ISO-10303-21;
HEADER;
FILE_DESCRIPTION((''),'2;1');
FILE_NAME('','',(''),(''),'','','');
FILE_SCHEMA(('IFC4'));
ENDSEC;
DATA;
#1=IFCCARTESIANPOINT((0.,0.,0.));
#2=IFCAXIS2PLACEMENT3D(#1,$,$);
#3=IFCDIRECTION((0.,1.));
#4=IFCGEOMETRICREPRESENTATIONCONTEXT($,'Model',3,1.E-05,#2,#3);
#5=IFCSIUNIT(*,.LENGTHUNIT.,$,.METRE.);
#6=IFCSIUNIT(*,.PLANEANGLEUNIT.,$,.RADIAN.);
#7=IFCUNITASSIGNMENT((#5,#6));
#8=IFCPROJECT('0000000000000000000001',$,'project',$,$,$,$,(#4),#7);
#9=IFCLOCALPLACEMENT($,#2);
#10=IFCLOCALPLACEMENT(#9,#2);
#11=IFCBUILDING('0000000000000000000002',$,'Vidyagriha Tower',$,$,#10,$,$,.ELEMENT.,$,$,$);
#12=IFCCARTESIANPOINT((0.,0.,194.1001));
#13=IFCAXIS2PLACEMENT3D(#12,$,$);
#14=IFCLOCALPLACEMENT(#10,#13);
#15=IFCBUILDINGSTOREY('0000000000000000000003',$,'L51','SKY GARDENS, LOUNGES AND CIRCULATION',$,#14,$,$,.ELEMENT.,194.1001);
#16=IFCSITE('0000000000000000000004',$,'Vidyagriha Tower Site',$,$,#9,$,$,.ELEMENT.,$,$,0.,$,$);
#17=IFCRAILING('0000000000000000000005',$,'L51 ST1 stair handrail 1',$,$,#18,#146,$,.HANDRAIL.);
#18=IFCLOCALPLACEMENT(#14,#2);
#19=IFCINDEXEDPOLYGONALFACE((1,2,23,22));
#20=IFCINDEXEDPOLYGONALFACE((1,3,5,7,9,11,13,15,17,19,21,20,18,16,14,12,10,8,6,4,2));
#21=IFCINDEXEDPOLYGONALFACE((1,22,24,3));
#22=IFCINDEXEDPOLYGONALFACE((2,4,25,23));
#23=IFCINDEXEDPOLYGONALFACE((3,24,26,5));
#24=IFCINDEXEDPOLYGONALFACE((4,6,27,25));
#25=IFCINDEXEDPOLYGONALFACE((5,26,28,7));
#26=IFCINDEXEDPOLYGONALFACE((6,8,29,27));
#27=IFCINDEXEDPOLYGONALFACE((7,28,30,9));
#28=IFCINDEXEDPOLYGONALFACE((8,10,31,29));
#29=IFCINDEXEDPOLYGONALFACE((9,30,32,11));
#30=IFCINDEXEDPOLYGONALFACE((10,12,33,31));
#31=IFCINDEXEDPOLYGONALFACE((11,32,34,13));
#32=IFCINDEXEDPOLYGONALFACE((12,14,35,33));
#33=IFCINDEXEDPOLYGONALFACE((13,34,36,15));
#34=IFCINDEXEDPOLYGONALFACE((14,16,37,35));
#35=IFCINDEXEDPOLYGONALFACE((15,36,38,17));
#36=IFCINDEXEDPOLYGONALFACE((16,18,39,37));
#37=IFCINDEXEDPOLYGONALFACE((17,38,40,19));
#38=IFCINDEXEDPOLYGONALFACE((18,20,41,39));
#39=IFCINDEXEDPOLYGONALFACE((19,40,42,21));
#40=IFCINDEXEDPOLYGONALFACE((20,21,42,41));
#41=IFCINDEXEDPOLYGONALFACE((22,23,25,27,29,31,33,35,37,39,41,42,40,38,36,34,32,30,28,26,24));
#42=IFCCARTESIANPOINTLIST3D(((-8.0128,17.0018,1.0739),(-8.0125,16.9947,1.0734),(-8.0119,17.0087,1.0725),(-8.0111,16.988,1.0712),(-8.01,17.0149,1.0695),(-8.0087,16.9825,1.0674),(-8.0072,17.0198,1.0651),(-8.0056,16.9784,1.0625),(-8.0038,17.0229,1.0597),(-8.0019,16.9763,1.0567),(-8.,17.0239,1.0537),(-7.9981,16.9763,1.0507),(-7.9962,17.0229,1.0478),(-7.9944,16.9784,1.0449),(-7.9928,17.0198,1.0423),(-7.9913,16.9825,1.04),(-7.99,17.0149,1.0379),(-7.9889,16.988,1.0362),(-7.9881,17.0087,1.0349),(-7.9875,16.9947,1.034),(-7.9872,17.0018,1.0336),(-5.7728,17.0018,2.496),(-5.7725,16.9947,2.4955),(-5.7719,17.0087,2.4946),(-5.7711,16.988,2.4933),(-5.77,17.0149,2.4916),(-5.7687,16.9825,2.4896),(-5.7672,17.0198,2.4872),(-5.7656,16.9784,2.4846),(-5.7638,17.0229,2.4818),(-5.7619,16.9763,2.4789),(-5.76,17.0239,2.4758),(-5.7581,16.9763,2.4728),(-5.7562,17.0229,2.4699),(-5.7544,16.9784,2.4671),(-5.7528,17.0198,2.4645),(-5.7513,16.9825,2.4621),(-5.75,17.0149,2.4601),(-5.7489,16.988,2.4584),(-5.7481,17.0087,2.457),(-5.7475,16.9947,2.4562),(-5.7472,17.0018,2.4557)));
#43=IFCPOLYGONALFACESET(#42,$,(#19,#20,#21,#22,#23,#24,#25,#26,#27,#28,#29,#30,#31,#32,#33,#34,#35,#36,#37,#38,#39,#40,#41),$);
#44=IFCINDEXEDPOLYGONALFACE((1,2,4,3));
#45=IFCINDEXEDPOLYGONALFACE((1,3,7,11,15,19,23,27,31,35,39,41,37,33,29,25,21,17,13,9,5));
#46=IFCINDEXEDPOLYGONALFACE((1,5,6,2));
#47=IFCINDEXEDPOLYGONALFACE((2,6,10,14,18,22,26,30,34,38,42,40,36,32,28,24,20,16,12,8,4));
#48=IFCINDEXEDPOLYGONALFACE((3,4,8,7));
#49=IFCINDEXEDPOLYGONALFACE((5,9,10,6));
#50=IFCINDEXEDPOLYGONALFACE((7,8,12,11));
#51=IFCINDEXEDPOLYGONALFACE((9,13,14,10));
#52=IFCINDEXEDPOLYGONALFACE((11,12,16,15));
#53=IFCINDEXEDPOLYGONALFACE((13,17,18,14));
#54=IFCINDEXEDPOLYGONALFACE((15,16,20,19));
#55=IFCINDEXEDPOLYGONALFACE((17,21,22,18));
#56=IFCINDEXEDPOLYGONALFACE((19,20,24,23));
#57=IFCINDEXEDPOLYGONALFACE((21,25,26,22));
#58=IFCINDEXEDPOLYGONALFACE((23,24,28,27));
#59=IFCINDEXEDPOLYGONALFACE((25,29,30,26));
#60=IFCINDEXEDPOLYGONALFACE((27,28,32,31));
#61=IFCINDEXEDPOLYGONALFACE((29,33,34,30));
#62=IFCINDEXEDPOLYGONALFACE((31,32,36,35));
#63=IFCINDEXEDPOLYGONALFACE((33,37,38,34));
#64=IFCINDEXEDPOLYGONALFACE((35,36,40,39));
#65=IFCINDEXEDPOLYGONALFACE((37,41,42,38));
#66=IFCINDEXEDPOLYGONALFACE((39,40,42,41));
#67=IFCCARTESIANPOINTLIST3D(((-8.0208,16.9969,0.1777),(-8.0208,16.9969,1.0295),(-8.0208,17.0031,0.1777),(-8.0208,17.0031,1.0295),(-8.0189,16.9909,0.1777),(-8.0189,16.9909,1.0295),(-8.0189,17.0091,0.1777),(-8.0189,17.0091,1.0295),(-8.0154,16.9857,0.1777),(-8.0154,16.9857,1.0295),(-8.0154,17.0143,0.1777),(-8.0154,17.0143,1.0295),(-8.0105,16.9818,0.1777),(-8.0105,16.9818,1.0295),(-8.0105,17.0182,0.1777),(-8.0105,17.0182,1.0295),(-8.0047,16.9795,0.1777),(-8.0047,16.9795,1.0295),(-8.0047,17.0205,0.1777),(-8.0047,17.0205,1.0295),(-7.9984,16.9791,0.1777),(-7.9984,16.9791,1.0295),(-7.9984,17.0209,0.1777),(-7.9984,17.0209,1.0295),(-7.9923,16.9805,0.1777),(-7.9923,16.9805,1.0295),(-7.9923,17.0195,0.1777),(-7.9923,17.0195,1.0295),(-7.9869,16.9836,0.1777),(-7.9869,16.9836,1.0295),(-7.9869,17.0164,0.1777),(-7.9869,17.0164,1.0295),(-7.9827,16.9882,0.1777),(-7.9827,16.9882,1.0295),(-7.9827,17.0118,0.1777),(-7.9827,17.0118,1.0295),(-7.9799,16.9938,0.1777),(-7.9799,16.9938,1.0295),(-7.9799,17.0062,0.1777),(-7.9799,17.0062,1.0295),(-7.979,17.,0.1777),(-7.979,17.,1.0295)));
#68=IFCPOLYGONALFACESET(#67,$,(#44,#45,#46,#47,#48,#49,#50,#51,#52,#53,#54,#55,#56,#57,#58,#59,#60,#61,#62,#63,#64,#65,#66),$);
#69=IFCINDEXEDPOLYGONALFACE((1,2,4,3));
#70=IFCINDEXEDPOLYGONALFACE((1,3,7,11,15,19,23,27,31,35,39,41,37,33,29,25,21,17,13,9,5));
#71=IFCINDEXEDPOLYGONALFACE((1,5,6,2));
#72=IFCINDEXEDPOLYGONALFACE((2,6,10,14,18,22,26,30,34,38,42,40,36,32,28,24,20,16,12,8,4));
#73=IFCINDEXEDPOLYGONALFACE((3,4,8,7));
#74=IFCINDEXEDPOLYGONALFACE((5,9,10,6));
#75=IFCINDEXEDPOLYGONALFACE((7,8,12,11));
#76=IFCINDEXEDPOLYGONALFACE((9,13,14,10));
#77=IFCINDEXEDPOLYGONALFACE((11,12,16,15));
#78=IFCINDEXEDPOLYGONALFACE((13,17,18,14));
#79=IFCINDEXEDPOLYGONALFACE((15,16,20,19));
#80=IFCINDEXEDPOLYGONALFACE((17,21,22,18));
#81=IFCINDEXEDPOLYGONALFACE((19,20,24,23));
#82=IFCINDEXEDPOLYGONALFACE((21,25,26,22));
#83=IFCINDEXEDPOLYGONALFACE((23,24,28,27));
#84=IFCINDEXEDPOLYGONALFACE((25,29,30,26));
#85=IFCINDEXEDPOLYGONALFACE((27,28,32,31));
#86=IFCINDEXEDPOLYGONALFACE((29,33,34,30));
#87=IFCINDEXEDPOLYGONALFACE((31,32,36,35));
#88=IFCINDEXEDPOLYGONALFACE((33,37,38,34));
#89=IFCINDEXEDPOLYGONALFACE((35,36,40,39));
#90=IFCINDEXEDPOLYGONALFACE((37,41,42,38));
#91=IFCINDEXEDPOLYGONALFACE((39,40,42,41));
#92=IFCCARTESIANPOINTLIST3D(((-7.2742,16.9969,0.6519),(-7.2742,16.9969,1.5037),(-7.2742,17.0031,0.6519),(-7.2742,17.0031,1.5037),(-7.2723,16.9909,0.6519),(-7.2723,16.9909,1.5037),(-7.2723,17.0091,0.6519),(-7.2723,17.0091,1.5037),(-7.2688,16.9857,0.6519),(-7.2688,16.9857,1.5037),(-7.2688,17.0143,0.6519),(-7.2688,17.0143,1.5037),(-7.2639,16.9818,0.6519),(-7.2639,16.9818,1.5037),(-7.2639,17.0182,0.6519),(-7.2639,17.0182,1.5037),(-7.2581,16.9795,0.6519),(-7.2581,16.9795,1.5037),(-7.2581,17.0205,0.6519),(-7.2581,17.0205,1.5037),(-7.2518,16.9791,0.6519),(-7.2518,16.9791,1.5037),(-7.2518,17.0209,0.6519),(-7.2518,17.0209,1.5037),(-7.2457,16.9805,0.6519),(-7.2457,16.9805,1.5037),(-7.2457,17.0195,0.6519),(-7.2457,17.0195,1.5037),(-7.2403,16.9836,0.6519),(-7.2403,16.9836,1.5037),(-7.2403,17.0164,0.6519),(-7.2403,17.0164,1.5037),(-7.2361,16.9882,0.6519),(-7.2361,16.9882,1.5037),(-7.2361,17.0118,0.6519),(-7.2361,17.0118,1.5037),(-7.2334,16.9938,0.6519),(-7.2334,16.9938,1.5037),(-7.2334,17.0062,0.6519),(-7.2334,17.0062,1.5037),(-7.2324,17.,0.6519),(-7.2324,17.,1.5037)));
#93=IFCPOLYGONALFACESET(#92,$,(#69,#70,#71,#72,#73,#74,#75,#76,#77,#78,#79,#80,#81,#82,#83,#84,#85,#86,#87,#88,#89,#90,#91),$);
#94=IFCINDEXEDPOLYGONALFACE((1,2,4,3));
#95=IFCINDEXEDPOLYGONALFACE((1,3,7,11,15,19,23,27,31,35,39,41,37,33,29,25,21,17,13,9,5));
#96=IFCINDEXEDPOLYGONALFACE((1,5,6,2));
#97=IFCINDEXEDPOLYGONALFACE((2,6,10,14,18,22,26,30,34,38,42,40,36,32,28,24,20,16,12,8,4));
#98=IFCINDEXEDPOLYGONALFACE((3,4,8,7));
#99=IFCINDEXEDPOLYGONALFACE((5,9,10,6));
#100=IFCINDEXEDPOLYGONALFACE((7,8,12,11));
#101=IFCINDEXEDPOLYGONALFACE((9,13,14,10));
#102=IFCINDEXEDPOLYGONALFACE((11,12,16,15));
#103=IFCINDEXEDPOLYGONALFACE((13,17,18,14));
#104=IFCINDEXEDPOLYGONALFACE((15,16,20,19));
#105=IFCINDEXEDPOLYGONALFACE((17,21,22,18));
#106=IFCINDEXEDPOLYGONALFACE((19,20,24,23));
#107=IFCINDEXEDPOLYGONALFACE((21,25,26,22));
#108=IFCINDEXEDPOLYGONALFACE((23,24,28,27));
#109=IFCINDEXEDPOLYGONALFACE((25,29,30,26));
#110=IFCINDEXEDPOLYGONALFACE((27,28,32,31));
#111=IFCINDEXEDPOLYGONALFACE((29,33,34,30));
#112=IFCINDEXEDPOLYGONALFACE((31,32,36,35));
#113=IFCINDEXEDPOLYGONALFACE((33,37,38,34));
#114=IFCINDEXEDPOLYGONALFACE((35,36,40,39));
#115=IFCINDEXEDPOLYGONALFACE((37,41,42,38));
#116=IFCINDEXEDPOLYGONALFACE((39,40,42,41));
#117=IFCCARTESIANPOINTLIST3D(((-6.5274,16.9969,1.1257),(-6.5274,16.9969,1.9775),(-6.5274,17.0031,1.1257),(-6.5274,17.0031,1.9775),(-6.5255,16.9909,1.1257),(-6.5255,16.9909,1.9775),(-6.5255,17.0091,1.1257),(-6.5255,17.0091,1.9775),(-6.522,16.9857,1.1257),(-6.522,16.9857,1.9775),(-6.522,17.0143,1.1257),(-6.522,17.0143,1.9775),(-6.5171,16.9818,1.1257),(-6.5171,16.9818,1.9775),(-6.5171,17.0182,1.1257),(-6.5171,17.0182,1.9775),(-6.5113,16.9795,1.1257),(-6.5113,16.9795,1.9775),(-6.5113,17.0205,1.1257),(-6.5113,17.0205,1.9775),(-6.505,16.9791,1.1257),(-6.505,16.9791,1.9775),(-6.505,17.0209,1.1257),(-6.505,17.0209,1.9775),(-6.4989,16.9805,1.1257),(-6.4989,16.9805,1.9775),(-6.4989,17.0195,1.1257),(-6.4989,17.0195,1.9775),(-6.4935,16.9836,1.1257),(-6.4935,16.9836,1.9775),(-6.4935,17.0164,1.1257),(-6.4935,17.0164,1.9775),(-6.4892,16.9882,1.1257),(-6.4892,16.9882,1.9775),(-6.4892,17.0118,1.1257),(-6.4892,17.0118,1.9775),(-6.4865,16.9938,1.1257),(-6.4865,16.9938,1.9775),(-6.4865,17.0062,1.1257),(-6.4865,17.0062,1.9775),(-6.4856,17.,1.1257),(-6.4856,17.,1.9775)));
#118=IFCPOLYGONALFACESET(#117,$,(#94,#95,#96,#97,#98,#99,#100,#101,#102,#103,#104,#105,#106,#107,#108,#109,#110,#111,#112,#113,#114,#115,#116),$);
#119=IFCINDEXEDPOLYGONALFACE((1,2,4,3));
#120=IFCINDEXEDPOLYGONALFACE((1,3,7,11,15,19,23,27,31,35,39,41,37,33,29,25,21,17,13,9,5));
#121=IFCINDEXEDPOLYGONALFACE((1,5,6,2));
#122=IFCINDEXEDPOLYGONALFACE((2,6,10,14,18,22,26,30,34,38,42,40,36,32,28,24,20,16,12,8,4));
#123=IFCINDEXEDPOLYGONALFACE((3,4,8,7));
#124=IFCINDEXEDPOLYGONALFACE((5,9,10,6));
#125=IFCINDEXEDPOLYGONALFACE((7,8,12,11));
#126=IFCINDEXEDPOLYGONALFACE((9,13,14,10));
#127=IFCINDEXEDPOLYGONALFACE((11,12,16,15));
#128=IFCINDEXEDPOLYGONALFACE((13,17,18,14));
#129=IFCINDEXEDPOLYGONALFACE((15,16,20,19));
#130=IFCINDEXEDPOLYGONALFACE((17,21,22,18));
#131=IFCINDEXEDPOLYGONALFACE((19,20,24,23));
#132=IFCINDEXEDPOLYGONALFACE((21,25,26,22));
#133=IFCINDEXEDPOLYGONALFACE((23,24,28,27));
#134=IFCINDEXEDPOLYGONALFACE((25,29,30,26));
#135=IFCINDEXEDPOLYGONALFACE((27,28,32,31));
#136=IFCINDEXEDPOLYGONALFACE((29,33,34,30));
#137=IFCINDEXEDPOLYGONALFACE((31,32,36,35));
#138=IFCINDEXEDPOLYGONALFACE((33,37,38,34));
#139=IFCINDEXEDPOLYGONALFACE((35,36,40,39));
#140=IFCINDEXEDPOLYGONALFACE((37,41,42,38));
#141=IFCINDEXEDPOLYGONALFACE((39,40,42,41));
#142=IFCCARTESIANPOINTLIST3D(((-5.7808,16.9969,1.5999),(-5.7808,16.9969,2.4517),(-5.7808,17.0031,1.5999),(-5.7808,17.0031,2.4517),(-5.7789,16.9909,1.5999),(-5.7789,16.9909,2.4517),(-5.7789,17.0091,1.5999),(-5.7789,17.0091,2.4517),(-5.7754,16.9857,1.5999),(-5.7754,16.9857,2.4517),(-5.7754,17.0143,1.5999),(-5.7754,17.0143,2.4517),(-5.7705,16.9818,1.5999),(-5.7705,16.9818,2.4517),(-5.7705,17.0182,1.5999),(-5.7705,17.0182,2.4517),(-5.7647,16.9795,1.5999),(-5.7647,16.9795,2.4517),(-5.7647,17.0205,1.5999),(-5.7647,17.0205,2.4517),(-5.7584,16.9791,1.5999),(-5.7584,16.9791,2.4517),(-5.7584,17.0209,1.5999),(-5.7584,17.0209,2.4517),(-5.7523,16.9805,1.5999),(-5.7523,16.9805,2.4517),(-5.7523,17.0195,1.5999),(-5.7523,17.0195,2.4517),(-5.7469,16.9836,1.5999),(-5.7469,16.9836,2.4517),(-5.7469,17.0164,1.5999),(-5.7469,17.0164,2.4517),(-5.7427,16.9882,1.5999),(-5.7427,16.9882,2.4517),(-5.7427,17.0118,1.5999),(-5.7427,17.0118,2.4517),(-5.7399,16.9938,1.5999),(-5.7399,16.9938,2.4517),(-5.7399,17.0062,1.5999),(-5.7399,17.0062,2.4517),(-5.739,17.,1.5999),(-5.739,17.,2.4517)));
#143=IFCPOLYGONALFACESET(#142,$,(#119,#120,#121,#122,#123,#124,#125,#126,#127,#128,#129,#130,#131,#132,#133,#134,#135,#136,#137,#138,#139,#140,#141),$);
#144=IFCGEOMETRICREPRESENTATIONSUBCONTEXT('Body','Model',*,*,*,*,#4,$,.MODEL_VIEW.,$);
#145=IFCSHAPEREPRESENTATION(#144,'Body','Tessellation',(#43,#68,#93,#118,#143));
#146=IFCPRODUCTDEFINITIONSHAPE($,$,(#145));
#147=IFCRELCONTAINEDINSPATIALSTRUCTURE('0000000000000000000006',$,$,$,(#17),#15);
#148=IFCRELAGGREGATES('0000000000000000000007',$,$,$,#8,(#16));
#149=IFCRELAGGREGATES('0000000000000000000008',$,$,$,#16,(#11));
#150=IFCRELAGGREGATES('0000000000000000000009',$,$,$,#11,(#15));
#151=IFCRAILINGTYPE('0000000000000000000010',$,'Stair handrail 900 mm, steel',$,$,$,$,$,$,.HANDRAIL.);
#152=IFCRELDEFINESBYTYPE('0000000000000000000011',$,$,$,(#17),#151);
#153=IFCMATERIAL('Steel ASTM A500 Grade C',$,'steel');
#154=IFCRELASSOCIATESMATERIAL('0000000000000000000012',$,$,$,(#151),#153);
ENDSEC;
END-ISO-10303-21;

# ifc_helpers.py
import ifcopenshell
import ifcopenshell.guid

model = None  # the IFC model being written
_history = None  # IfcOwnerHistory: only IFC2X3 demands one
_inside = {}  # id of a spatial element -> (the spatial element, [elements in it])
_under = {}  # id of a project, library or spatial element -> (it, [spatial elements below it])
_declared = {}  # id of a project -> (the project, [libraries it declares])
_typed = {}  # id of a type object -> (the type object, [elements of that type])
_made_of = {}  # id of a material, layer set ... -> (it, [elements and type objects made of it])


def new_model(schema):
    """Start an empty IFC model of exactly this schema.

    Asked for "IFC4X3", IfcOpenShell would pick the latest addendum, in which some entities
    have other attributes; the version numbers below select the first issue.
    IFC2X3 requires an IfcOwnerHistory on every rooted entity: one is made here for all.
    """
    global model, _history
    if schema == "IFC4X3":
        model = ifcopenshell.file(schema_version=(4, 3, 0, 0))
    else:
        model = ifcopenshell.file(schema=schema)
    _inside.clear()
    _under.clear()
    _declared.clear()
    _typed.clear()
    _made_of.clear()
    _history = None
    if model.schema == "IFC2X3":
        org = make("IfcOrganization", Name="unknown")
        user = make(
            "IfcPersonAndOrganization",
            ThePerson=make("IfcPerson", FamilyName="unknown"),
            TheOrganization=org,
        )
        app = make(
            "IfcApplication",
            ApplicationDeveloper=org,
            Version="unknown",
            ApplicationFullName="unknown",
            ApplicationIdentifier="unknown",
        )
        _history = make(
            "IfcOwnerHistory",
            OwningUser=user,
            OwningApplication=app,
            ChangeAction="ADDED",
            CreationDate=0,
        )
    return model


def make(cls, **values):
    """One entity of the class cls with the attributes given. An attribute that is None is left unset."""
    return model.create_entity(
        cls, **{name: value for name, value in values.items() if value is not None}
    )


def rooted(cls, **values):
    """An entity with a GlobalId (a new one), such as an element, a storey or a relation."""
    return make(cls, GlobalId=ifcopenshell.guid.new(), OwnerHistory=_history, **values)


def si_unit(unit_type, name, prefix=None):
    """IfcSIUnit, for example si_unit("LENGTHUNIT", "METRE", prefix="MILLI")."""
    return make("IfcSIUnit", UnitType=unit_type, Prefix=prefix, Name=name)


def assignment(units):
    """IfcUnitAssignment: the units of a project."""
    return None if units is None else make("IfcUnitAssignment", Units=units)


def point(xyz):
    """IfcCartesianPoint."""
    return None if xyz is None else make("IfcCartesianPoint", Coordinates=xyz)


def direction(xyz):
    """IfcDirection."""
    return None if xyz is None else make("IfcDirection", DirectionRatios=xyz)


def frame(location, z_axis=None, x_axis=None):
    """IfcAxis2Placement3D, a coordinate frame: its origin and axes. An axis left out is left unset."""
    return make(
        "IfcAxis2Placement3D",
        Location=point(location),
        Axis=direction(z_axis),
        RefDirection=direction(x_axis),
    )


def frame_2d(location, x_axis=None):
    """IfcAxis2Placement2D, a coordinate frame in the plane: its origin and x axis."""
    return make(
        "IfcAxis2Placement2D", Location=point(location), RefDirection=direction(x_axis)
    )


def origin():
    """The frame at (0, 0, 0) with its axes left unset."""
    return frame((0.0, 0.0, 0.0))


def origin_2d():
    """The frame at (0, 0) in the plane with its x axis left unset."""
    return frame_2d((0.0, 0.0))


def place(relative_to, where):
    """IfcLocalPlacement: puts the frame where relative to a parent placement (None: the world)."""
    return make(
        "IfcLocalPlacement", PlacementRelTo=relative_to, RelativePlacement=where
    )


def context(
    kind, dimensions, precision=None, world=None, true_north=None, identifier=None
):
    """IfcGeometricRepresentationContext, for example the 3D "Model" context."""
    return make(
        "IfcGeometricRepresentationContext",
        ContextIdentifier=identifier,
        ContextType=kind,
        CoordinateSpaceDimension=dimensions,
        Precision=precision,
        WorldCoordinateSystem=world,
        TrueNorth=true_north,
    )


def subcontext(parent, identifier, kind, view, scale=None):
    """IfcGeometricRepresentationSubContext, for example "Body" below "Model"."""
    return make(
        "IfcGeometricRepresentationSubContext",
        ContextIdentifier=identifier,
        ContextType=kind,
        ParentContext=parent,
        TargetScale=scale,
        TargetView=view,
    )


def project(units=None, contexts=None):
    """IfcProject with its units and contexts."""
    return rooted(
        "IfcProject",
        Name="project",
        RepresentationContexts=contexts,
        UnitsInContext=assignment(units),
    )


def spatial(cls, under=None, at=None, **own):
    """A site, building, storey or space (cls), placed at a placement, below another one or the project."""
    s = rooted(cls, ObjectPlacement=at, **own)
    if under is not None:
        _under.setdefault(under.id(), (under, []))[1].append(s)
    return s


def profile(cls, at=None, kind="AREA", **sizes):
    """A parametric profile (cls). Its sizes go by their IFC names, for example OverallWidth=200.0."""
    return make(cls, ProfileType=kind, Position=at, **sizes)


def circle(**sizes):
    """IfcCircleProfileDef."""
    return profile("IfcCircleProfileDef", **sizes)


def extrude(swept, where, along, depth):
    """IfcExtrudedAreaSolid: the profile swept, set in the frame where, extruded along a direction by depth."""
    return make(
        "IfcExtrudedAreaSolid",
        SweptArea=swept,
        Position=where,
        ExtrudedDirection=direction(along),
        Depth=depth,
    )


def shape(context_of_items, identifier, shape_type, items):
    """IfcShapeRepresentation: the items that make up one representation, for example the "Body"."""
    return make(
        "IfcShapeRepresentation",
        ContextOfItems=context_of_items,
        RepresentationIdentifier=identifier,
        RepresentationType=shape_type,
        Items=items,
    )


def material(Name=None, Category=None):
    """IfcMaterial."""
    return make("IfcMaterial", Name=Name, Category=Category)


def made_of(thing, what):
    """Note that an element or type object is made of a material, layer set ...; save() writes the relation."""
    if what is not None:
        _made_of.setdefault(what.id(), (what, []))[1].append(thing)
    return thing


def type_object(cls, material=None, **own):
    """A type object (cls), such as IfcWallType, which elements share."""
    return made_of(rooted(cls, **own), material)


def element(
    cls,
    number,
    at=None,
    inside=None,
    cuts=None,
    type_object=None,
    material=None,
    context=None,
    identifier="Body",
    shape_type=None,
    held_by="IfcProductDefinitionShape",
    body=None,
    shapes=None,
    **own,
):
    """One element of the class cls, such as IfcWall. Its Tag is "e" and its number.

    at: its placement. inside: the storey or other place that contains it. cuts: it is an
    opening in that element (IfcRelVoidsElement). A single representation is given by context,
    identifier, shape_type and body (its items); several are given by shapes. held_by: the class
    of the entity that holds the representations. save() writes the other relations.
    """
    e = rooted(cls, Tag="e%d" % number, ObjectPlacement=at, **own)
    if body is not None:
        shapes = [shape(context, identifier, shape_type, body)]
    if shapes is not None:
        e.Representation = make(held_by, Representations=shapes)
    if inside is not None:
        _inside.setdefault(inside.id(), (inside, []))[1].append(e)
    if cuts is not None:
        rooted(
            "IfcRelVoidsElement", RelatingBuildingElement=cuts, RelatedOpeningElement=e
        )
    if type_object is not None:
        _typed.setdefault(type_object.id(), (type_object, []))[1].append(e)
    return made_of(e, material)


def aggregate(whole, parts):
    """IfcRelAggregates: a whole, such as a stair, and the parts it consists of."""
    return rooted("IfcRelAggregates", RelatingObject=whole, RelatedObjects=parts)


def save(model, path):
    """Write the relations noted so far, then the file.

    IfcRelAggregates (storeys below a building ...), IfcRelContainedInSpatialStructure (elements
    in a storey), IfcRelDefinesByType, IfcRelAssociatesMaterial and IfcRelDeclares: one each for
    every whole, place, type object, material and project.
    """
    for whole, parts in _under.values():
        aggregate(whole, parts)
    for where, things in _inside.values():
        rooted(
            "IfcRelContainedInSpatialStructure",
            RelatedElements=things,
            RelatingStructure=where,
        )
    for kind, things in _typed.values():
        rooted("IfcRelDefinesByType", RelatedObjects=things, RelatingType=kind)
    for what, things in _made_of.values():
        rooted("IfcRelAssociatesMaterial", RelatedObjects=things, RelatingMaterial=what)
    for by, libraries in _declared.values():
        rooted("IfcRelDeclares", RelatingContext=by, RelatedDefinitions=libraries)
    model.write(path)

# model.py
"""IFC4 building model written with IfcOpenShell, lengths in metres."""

from ifc_helpers import new_model, si_unit, direction, frame, origin, origin_2d, place, context, subcontext, project, spatial, circle, extrude, material, type_object, element, save


model = new_model("IFC4")

# Units and contexts
model_context = context("Model", 3, precision=1e-05, world=origin(), true_north=direction((0.0, 1.0)))
body_context = subcontext(model_context, "Body", "Model", "MODEL_VIEW")
ifc_project = project(units=[si_unit("LENGTHUNIT", "METRE"), si_unit("PLANEANGLEUNIT", "RADIAN")], contexts=[model_context])

# Site, building, storey
site_placement = place(None, origin())
site = spatial("IfcSite", under=ifc_project, at=site_placement, Name="Vidyagriha Tower Site", CompositionType="ELEMENT", RefElevation=0.0)
building_placement = place(site_placement, origin())
building = spatial("IfcBuilding", under=site, at=building_placement, Name="Vidyagriha Tower", CompositionType="ELEMENT")
storey_placement = place(building_placement, frame((0.0, 0.0, 194.1001)))
storey = spatial("IfcBuildingStorey", under=building, at=storey_placement, Name="L51", Description="SKY GARDENS, LOUNGES AND CIRCULATION", CompositionType="ELEMENT", Elevation=194.1001)

# Railing
ifc_material_1 = material(Name="Steel ASTM A500 Grade C", Category="steel")
railing_type_1 = type_object("IfcRailingType", Name="Stair handrail 900 mm, steel", PredefinedType="HANDRAIL", material=ifc_material_1)
for number, where, name in (
    (1, (-8.0, 17.0, 0.1777), "L51 ST1 stair handrail 1"),
):
    element("IfcRailing", number, at=place(storey_placement, frame(where)), inside=storey, type_object=railing_type_1, Name=name, PredefinedType="HANDRAIL", context=body_context, shape_type="SweptSolid", body=[
        extrude(circle(Radius=0.0239, at=origin_2d()), frame((0.0, 0.0, 0.876), z_axis=(0.844229, 0.0, 0.535982), x_axis=(0.0, 1.0, 0.0)), (0.0, 0.0, 1.0), 2.6533),
        extrude(circle(Radius=0.021, at=origin_2d()), origin(), (0.0, 0.0, 1.0), 0.8518),
        extrude(circle(Radius=0.021, at=origin_2d()), frame((0.7466, 0.0, 0.4741)), (0.0, 0.0, 1.0), 0.8518),
        extrude(circle(Radius=0.021, at=origin_2d()), frame((1.4934, 0.0, 0.948)), (0.0, 0.0, 1.0), 0.8518),
        extrude(circle(Radius=0.021, at=origin_2d()), frame((2.24, 0.0, 1.4221)), (0.0, 0.0, 1.0), 0.8518),
    ])

save(model, "model.ifc")
